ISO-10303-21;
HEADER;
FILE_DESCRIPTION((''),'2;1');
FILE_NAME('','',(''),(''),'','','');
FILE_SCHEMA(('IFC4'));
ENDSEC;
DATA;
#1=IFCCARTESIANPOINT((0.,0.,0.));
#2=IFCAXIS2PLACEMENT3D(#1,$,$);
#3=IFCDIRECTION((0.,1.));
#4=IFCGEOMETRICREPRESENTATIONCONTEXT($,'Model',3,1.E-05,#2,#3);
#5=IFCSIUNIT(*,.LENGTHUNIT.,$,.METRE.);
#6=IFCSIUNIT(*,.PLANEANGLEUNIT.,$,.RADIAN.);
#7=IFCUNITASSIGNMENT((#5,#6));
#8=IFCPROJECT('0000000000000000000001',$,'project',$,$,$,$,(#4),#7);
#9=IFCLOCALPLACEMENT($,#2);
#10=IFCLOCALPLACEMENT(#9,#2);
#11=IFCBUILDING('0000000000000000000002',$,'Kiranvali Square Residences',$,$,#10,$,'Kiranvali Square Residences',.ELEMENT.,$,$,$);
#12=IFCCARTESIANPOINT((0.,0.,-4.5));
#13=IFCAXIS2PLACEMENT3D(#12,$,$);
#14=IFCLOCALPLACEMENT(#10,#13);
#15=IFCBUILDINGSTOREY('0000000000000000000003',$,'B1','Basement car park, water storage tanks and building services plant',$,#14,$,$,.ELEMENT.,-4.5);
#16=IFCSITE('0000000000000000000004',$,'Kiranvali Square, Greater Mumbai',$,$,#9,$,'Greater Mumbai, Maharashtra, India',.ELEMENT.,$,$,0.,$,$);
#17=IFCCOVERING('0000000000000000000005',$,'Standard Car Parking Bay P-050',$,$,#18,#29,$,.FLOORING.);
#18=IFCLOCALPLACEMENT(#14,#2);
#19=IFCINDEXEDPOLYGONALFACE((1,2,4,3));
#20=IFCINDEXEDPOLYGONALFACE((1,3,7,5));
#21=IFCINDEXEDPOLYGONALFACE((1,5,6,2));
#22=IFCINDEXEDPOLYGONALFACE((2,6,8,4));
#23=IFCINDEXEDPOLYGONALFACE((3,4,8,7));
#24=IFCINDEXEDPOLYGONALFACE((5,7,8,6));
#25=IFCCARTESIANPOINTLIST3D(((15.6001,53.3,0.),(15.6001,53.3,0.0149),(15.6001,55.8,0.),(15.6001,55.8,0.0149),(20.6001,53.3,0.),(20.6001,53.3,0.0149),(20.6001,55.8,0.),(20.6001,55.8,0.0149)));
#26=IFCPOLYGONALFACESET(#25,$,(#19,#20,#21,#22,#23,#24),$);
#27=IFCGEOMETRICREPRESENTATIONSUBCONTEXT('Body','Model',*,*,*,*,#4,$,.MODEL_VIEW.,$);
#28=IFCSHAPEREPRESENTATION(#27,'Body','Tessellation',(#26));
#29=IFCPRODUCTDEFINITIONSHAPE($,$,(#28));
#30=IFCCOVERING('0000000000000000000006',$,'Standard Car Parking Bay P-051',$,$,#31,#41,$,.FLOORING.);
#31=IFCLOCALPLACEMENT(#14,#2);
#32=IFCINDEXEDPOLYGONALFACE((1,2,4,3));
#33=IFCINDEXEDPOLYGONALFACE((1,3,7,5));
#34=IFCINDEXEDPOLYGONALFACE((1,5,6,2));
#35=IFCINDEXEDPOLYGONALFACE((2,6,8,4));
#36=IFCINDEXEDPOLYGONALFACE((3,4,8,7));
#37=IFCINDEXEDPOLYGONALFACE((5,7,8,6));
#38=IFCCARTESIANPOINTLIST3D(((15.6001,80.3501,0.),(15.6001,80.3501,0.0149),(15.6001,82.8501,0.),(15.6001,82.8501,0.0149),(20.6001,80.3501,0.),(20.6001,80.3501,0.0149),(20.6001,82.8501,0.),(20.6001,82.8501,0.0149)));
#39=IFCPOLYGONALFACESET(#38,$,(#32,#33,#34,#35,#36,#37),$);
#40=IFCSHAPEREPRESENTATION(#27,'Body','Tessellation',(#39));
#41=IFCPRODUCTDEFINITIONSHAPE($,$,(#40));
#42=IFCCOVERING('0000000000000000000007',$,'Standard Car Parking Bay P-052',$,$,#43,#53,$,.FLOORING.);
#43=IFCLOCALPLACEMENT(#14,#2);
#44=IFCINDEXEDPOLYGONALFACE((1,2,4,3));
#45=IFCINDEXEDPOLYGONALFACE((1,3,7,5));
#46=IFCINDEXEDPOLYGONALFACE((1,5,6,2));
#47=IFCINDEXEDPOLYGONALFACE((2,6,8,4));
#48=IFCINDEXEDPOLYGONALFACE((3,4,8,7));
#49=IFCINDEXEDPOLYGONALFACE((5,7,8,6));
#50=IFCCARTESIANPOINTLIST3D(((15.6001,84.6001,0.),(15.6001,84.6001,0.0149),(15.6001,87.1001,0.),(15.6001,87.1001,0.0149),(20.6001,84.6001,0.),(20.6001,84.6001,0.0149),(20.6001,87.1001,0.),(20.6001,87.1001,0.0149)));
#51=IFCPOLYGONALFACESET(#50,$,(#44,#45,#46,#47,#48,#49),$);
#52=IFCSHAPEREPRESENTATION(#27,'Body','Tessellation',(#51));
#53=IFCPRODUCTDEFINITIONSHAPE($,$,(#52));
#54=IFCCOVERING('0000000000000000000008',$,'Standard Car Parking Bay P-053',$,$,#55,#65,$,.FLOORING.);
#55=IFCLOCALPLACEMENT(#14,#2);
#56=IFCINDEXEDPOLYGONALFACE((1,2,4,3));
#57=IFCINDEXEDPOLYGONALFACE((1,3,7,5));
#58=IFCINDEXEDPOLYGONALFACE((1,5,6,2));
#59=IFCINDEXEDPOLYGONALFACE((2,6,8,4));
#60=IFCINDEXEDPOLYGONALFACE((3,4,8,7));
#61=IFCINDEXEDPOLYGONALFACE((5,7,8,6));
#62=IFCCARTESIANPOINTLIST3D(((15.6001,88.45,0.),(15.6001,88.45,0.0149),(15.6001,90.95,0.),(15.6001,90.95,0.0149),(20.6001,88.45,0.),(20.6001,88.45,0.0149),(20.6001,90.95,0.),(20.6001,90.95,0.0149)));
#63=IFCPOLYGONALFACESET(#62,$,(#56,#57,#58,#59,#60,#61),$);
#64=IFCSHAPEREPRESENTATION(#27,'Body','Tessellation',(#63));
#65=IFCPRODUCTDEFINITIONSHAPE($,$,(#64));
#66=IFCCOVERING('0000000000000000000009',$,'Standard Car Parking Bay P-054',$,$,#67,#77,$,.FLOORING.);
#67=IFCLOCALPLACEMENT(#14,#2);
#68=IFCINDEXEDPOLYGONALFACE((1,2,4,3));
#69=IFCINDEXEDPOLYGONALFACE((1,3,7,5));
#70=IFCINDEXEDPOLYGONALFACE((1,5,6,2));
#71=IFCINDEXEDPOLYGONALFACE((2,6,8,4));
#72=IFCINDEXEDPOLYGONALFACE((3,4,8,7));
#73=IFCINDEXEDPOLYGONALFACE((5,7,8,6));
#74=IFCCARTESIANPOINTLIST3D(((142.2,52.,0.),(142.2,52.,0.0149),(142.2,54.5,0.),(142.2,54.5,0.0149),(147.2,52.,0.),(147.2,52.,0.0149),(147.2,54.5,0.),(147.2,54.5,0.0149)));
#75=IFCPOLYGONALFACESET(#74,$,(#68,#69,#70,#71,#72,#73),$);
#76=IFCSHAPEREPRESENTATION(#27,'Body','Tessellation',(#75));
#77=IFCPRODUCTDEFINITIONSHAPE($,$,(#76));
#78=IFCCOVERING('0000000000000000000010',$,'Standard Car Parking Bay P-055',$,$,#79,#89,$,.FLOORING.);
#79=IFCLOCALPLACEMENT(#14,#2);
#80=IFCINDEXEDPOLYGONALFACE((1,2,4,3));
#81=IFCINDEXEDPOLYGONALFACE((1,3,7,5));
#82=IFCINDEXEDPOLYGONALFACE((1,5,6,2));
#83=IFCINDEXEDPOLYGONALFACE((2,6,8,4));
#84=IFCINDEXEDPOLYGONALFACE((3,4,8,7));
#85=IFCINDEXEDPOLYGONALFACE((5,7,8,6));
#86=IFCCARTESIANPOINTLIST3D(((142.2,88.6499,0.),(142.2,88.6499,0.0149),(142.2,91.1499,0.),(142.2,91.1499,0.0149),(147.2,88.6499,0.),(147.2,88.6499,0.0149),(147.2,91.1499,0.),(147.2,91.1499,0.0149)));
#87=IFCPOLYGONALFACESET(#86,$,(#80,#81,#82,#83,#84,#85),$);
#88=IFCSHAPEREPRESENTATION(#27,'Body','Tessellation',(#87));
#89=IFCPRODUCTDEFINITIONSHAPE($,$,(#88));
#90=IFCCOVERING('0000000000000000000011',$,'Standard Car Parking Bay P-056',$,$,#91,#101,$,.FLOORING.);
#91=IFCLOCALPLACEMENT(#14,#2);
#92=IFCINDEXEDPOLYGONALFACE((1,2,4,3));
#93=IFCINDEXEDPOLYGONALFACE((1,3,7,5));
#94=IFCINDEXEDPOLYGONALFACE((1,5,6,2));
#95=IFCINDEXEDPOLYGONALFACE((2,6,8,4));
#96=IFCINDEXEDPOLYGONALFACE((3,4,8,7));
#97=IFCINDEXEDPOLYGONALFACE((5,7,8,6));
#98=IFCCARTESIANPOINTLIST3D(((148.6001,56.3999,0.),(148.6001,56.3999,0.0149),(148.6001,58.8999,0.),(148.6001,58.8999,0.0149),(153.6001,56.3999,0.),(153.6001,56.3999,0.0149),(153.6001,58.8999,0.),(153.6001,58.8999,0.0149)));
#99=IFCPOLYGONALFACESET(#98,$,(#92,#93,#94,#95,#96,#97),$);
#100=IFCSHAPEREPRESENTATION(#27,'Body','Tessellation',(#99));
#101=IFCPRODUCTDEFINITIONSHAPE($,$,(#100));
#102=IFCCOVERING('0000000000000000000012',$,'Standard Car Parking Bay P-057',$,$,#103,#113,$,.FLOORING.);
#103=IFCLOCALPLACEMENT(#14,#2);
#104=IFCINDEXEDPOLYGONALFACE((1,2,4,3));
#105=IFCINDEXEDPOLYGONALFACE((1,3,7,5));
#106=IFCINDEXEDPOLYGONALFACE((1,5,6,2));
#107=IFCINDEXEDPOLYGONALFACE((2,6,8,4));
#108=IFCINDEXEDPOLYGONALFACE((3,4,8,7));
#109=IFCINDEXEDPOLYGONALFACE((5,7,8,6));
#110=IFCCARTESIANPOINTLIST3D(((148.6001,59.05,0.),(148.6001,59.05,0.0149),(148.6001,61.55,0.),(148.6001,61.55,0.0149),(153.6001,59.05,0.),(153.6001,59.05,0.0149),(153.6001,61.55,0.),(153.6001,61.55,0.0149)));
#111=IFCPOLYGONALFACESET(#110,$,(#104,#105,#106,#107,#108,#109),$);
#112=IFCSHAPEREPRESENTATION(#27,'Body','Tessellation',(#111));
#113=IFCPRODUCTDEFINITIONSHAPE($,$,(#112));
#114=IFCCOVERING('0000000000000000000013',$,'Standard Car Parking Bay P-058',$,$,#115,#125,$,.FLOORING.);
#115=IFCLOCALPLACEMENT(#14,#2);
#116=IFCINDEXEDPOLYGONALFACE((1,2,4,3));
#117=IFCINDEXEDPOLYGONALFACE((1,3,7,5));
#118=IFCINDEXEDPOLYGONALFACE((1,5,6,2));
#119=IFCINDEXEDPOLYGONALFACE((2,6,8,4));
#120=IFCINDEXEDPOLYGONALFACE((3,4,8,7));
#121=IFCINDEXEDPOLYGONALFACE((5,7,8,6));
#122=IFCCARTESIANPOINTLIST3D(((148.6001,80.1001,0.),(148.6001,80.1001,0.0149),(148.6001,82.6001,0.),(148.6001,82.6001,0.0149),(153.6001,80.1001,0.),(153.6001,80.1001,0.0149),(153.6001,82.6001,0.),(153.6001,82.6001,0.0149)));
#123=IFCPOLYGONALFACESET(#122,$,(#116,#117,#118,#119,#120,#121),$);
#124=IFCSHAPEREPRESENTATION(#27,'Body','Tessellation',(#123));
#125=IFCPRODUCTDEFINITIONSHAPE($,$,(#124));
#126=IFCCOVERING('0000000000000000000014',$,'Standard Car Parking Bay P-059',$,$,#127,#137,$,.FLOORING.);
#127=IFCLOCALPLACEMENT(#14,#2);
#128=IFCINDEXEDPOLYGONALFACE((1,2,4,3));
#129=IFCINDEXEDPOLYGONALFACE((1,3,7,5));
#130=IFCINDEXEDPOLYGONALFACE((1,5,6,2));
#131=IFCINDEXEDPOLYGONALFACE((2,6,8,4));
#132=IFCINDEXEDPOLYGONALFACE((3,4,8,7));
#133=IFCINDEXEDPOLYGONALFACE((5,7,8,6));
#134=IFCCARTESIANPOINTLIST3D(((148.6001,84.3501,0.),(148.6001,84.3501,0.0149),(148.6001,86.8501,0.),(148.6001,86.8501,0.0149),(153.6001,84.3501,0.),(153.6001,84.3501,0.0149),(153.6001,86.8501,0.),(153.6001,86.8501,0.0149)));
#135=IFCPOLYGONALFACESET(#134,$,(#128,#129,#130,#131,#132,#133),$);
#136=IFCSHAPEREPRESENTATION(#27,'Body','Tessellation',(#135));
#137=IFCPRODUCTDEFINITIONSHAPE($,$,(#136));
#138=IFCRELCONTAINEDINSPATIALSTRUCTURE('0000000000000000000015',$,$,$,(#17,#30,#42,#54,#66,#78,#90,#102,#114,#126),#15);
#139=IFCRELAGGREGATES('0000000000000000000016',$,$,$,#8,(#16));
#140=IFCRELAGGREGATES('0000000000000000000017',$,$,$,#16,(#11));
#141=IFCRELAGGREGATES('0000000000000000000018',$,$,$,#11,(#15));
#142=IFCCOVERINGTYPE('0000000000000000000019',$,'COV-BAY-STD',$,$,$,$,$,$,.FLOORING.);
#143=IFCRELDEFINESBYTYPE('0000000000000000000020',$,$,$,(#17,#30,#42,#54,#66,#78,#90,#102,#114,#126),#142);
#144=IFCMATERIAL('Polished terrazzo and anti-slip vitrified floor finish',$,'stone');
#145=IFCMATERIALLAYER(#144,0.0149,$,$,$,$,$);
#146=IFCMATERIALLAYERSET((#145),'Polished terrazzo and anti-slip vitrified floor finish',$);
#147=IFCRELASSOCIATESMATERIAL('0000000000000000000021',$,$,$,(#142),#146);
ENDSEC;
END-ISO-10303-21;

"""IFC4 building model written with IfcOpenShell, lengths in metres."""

from ifc_helpers import new_model, si_unit, direction, frame, origin, place, context, subcontext, project, spatial, polyline, outline, extrude, material, layer, layer_set, type_object, element, save


model = new_model("IFC4")

# Units and contexts
model_context = context("Model", 3, precision=1e-05, world=origin(), true_north=direction((0.0, 1.0)))
body_context = subcontext(model_context, "Body", "Model", "MODEL_VIEW")
ifc_project = project(units=[si_unit("LENGTHUNIT", "METRE"), si_unit("PLANEANGLEUNIT", "RADIAN")], contexts=[model_context])

# Site, building, storey
site_placement = place(None, origin())
site = spatial("IfcSite", under=ifc_project, at=site_placement, Name="Kiranvali Square, Greater Mumbai", LongName="Greater Mumbai, Maharashtra, India", CompositionType="ELEMENT", RefElevation=0.0)
building_placement = place(site_placement, origin())
building = spatial("IfcBuilding", under=site, at=building_placement, Name="Kiranvali Square Residences", LongName="Kiranvali Square Residences", CompositionType="ELEMENT")
storey_placement = place(building_placement, frame((0.0, 0.0, -4.5)))
storey = spatial("IfcBuildingStorey", under=building, at=storey_placement, Name="B1", Description="Basement car park, water storage tanks and building services plant", CompositionType="ELEMENT", Elevation=-4.5)

# Coverings
ifc_material = material(Name="Polished terrazzo and anti-slip vitrified floor finish", Category="stone")
ifc_layer = layer(ifc_material, 0.0149)
ifc_layer_set = layer_set([ifc_layer], Name="Polished terrazzo and anti-slip vitrified floor finish")
covering_type = type_object("IfcCoveringType", Name="COV-BAY-STD", PredefinedType="FLOORING", material=ifc_layer_set)
covering_1_placement = place(storey_placement, origin())
element("IfcCovering", 1, at=covering_1_placement, inside=storey, type_object=covering_type, Name="Standard Car Parking Bay P-050", PredefinedType="FLOORING", context=body_context, shape_type="SweptSolid", body=[
    extrude(outline(polyline([(15.6001, 53.3), (20.6001, 53.3), (20.6001, 55.8), (15.6001, 55.8), (15.6001, 53.3)])), origin(), (0.0, 0.0, 1.0), 0.0149),
])
covering_2_placement = place(storey_placement, origin())
element("IfcCovering", 2, at=covering_2_placement, inside=storey, type_object=covering_type, Name="Standard Car Parking Bay P-051", PredefinedType="FLOORING", context=body_context, shape_type="SweptSolid", body=[
    extrude(outline(polyline([(15.6001, 80.3501), (20.6001, 80.3501), (20.6001, 82.8501), (15.6001, 82.8501), (15.6001, 80.3501)])), origin(), (0.0, 0.0, 1.0), 0.0149),
])
covering_3_placement = place(storey_placement, origin())
element("IfcCovering", 3, at=covering_3_placement, inside=storey, type_object=covering_type, Name="Standard Car Parking Bay P-052", PredefinedType="FLOORING", context=body_context, shape_type="SweptSolid", body=[
    extrude(outline(polyline([(15.6001, 84.6001), (20.6001, 84.6001), (20.6001, 87.1001), (15.6001, 87.1001), (15.6001, 84.6001)])), origin(), (0.0, 0.0, 1.0), 0.0149),
])
covering_4_placement = place(storey_placement, origin())
element("IfcCovering", 4, at=covering_4_placement, inside=storey, type_object=covering_type, Name="Standard Car Parking Bay P-053", PredefinedType="FLOORING", context=body_context, shape_type="SweptSolid", body=[
    extrude(outline(polyline([(15.6001, 88.45), (20.6001, 88.45), (20.6001, 90.95), (15.6001, 90.95), (15.6001, 88.45)])), origin(), (0.0, 0.0, 1.0), 0.0149),
])
covering_5_placement = place(storey_placement, origin())
element("IfcCovering", 5, at=covering_5_placement, inside=storey, type_object=covering_type, Name="Standard Car Parking Bay P-054", PredefinedType="FLOORING", context=body_context, shape_type="SweptSolid", body=[
    extrude(outline(polyline([(142.2, 52.0), (147.2, 52.0), (147.2, 54.5), (142.2, 54.5), (142.2, 52.0)])), origin(), (0.0, 0.0, 1.0), 0.0149),
])
covering_6_placement = place(storey_placement, origin())
element("IfcCovering", 6, at=covering_6_placement, inside=storey, type_object=covering_type, Name="Standard Car Parking Bay P-055", PredefinedType="FLOORING", context=body_context, shape_type="SweptSolid", body=[
    extrude(outline(polyline([(142.2, 88.6499), (147.2, 88.6499), (147.2, 91.1499), (142.2, 91.1499), (142.2, 88.6499)])), origin(), (0.0, 0.0, 1.0), 0.0149),
])
covering_7_placement = place(storey_placement, origin())
element("IfcCovering", 7, at=covering_7_placement, inside=storey, type_object=covering_type, Name="Standard Car Parking Bay P-056", PredefinedType="FLOORING", context=body_context, shape_type="SweptSolid", body=[
    extrude(outline(polyline([(148.6001, 56.3999), (153.6001, 56.3999), (153.6001, 58.8999), (148.6001, 58.8999), (148.6001, 56.3999)])), origin(), (0.0, 0.0, 1.0), 0.0149),
])
covering_8_placement = place(storey_placement, origin())
element("IfcCovering", 8, at=covering_8_placement, inside=storey, type_object=covering_type, Name="Standard Car Parking Bay P-057", PredefinedType="FLOORING", context=body_context, shape_type="SweptSolid", body=[
    extrude(outline(polyline([(148.6001, 59.05), (153.6001, 59.05), (153.6001, 61.55), (148.6001, 61.55), (148.6001, 59.05)])), origin(), (0.0, 0.0, 1.0), 0.0149),
])
covering_9_placement = place(storey_placement, origin())
element("IfcCovering", 9, at=covering_9_placement, inside=storey, type_object=covering_type, Name="Standard Car Parking Bay P-058", PredefinedType="FLOORING", context=body_context, shape_type="SweptSolid", body=[
    extrude(outline(polyline([(148.6001, 80.1001), (153.6001, 80.1001), (153.6001, 82.6001), (148.6001, 82.6001), (148.6001, 80.1001)])), origin(), (0.0, 0.0, 1.0), 0.0149),
])
covering_10_placement = place(storey_placement, origin())
element("IfcCovering", 10, at=covering_10_placement, inside=storey, type_object=covering_type, Name="Standard Car Parking Bay P-059", PredefinedType="FLOORING", context=body_context, shape_type="SweptSolid", body=[
    extrude(outline(polyline([(148.6001, 84.3501), (153.6001, 84.3501), (153.6001, 86.8501), (148.6001, 86.8501), (148.6001, 84.3501)])), origin(), (0.0, 0.0, 1.0), 0.0149),
])

save(model, "model.ifc")
